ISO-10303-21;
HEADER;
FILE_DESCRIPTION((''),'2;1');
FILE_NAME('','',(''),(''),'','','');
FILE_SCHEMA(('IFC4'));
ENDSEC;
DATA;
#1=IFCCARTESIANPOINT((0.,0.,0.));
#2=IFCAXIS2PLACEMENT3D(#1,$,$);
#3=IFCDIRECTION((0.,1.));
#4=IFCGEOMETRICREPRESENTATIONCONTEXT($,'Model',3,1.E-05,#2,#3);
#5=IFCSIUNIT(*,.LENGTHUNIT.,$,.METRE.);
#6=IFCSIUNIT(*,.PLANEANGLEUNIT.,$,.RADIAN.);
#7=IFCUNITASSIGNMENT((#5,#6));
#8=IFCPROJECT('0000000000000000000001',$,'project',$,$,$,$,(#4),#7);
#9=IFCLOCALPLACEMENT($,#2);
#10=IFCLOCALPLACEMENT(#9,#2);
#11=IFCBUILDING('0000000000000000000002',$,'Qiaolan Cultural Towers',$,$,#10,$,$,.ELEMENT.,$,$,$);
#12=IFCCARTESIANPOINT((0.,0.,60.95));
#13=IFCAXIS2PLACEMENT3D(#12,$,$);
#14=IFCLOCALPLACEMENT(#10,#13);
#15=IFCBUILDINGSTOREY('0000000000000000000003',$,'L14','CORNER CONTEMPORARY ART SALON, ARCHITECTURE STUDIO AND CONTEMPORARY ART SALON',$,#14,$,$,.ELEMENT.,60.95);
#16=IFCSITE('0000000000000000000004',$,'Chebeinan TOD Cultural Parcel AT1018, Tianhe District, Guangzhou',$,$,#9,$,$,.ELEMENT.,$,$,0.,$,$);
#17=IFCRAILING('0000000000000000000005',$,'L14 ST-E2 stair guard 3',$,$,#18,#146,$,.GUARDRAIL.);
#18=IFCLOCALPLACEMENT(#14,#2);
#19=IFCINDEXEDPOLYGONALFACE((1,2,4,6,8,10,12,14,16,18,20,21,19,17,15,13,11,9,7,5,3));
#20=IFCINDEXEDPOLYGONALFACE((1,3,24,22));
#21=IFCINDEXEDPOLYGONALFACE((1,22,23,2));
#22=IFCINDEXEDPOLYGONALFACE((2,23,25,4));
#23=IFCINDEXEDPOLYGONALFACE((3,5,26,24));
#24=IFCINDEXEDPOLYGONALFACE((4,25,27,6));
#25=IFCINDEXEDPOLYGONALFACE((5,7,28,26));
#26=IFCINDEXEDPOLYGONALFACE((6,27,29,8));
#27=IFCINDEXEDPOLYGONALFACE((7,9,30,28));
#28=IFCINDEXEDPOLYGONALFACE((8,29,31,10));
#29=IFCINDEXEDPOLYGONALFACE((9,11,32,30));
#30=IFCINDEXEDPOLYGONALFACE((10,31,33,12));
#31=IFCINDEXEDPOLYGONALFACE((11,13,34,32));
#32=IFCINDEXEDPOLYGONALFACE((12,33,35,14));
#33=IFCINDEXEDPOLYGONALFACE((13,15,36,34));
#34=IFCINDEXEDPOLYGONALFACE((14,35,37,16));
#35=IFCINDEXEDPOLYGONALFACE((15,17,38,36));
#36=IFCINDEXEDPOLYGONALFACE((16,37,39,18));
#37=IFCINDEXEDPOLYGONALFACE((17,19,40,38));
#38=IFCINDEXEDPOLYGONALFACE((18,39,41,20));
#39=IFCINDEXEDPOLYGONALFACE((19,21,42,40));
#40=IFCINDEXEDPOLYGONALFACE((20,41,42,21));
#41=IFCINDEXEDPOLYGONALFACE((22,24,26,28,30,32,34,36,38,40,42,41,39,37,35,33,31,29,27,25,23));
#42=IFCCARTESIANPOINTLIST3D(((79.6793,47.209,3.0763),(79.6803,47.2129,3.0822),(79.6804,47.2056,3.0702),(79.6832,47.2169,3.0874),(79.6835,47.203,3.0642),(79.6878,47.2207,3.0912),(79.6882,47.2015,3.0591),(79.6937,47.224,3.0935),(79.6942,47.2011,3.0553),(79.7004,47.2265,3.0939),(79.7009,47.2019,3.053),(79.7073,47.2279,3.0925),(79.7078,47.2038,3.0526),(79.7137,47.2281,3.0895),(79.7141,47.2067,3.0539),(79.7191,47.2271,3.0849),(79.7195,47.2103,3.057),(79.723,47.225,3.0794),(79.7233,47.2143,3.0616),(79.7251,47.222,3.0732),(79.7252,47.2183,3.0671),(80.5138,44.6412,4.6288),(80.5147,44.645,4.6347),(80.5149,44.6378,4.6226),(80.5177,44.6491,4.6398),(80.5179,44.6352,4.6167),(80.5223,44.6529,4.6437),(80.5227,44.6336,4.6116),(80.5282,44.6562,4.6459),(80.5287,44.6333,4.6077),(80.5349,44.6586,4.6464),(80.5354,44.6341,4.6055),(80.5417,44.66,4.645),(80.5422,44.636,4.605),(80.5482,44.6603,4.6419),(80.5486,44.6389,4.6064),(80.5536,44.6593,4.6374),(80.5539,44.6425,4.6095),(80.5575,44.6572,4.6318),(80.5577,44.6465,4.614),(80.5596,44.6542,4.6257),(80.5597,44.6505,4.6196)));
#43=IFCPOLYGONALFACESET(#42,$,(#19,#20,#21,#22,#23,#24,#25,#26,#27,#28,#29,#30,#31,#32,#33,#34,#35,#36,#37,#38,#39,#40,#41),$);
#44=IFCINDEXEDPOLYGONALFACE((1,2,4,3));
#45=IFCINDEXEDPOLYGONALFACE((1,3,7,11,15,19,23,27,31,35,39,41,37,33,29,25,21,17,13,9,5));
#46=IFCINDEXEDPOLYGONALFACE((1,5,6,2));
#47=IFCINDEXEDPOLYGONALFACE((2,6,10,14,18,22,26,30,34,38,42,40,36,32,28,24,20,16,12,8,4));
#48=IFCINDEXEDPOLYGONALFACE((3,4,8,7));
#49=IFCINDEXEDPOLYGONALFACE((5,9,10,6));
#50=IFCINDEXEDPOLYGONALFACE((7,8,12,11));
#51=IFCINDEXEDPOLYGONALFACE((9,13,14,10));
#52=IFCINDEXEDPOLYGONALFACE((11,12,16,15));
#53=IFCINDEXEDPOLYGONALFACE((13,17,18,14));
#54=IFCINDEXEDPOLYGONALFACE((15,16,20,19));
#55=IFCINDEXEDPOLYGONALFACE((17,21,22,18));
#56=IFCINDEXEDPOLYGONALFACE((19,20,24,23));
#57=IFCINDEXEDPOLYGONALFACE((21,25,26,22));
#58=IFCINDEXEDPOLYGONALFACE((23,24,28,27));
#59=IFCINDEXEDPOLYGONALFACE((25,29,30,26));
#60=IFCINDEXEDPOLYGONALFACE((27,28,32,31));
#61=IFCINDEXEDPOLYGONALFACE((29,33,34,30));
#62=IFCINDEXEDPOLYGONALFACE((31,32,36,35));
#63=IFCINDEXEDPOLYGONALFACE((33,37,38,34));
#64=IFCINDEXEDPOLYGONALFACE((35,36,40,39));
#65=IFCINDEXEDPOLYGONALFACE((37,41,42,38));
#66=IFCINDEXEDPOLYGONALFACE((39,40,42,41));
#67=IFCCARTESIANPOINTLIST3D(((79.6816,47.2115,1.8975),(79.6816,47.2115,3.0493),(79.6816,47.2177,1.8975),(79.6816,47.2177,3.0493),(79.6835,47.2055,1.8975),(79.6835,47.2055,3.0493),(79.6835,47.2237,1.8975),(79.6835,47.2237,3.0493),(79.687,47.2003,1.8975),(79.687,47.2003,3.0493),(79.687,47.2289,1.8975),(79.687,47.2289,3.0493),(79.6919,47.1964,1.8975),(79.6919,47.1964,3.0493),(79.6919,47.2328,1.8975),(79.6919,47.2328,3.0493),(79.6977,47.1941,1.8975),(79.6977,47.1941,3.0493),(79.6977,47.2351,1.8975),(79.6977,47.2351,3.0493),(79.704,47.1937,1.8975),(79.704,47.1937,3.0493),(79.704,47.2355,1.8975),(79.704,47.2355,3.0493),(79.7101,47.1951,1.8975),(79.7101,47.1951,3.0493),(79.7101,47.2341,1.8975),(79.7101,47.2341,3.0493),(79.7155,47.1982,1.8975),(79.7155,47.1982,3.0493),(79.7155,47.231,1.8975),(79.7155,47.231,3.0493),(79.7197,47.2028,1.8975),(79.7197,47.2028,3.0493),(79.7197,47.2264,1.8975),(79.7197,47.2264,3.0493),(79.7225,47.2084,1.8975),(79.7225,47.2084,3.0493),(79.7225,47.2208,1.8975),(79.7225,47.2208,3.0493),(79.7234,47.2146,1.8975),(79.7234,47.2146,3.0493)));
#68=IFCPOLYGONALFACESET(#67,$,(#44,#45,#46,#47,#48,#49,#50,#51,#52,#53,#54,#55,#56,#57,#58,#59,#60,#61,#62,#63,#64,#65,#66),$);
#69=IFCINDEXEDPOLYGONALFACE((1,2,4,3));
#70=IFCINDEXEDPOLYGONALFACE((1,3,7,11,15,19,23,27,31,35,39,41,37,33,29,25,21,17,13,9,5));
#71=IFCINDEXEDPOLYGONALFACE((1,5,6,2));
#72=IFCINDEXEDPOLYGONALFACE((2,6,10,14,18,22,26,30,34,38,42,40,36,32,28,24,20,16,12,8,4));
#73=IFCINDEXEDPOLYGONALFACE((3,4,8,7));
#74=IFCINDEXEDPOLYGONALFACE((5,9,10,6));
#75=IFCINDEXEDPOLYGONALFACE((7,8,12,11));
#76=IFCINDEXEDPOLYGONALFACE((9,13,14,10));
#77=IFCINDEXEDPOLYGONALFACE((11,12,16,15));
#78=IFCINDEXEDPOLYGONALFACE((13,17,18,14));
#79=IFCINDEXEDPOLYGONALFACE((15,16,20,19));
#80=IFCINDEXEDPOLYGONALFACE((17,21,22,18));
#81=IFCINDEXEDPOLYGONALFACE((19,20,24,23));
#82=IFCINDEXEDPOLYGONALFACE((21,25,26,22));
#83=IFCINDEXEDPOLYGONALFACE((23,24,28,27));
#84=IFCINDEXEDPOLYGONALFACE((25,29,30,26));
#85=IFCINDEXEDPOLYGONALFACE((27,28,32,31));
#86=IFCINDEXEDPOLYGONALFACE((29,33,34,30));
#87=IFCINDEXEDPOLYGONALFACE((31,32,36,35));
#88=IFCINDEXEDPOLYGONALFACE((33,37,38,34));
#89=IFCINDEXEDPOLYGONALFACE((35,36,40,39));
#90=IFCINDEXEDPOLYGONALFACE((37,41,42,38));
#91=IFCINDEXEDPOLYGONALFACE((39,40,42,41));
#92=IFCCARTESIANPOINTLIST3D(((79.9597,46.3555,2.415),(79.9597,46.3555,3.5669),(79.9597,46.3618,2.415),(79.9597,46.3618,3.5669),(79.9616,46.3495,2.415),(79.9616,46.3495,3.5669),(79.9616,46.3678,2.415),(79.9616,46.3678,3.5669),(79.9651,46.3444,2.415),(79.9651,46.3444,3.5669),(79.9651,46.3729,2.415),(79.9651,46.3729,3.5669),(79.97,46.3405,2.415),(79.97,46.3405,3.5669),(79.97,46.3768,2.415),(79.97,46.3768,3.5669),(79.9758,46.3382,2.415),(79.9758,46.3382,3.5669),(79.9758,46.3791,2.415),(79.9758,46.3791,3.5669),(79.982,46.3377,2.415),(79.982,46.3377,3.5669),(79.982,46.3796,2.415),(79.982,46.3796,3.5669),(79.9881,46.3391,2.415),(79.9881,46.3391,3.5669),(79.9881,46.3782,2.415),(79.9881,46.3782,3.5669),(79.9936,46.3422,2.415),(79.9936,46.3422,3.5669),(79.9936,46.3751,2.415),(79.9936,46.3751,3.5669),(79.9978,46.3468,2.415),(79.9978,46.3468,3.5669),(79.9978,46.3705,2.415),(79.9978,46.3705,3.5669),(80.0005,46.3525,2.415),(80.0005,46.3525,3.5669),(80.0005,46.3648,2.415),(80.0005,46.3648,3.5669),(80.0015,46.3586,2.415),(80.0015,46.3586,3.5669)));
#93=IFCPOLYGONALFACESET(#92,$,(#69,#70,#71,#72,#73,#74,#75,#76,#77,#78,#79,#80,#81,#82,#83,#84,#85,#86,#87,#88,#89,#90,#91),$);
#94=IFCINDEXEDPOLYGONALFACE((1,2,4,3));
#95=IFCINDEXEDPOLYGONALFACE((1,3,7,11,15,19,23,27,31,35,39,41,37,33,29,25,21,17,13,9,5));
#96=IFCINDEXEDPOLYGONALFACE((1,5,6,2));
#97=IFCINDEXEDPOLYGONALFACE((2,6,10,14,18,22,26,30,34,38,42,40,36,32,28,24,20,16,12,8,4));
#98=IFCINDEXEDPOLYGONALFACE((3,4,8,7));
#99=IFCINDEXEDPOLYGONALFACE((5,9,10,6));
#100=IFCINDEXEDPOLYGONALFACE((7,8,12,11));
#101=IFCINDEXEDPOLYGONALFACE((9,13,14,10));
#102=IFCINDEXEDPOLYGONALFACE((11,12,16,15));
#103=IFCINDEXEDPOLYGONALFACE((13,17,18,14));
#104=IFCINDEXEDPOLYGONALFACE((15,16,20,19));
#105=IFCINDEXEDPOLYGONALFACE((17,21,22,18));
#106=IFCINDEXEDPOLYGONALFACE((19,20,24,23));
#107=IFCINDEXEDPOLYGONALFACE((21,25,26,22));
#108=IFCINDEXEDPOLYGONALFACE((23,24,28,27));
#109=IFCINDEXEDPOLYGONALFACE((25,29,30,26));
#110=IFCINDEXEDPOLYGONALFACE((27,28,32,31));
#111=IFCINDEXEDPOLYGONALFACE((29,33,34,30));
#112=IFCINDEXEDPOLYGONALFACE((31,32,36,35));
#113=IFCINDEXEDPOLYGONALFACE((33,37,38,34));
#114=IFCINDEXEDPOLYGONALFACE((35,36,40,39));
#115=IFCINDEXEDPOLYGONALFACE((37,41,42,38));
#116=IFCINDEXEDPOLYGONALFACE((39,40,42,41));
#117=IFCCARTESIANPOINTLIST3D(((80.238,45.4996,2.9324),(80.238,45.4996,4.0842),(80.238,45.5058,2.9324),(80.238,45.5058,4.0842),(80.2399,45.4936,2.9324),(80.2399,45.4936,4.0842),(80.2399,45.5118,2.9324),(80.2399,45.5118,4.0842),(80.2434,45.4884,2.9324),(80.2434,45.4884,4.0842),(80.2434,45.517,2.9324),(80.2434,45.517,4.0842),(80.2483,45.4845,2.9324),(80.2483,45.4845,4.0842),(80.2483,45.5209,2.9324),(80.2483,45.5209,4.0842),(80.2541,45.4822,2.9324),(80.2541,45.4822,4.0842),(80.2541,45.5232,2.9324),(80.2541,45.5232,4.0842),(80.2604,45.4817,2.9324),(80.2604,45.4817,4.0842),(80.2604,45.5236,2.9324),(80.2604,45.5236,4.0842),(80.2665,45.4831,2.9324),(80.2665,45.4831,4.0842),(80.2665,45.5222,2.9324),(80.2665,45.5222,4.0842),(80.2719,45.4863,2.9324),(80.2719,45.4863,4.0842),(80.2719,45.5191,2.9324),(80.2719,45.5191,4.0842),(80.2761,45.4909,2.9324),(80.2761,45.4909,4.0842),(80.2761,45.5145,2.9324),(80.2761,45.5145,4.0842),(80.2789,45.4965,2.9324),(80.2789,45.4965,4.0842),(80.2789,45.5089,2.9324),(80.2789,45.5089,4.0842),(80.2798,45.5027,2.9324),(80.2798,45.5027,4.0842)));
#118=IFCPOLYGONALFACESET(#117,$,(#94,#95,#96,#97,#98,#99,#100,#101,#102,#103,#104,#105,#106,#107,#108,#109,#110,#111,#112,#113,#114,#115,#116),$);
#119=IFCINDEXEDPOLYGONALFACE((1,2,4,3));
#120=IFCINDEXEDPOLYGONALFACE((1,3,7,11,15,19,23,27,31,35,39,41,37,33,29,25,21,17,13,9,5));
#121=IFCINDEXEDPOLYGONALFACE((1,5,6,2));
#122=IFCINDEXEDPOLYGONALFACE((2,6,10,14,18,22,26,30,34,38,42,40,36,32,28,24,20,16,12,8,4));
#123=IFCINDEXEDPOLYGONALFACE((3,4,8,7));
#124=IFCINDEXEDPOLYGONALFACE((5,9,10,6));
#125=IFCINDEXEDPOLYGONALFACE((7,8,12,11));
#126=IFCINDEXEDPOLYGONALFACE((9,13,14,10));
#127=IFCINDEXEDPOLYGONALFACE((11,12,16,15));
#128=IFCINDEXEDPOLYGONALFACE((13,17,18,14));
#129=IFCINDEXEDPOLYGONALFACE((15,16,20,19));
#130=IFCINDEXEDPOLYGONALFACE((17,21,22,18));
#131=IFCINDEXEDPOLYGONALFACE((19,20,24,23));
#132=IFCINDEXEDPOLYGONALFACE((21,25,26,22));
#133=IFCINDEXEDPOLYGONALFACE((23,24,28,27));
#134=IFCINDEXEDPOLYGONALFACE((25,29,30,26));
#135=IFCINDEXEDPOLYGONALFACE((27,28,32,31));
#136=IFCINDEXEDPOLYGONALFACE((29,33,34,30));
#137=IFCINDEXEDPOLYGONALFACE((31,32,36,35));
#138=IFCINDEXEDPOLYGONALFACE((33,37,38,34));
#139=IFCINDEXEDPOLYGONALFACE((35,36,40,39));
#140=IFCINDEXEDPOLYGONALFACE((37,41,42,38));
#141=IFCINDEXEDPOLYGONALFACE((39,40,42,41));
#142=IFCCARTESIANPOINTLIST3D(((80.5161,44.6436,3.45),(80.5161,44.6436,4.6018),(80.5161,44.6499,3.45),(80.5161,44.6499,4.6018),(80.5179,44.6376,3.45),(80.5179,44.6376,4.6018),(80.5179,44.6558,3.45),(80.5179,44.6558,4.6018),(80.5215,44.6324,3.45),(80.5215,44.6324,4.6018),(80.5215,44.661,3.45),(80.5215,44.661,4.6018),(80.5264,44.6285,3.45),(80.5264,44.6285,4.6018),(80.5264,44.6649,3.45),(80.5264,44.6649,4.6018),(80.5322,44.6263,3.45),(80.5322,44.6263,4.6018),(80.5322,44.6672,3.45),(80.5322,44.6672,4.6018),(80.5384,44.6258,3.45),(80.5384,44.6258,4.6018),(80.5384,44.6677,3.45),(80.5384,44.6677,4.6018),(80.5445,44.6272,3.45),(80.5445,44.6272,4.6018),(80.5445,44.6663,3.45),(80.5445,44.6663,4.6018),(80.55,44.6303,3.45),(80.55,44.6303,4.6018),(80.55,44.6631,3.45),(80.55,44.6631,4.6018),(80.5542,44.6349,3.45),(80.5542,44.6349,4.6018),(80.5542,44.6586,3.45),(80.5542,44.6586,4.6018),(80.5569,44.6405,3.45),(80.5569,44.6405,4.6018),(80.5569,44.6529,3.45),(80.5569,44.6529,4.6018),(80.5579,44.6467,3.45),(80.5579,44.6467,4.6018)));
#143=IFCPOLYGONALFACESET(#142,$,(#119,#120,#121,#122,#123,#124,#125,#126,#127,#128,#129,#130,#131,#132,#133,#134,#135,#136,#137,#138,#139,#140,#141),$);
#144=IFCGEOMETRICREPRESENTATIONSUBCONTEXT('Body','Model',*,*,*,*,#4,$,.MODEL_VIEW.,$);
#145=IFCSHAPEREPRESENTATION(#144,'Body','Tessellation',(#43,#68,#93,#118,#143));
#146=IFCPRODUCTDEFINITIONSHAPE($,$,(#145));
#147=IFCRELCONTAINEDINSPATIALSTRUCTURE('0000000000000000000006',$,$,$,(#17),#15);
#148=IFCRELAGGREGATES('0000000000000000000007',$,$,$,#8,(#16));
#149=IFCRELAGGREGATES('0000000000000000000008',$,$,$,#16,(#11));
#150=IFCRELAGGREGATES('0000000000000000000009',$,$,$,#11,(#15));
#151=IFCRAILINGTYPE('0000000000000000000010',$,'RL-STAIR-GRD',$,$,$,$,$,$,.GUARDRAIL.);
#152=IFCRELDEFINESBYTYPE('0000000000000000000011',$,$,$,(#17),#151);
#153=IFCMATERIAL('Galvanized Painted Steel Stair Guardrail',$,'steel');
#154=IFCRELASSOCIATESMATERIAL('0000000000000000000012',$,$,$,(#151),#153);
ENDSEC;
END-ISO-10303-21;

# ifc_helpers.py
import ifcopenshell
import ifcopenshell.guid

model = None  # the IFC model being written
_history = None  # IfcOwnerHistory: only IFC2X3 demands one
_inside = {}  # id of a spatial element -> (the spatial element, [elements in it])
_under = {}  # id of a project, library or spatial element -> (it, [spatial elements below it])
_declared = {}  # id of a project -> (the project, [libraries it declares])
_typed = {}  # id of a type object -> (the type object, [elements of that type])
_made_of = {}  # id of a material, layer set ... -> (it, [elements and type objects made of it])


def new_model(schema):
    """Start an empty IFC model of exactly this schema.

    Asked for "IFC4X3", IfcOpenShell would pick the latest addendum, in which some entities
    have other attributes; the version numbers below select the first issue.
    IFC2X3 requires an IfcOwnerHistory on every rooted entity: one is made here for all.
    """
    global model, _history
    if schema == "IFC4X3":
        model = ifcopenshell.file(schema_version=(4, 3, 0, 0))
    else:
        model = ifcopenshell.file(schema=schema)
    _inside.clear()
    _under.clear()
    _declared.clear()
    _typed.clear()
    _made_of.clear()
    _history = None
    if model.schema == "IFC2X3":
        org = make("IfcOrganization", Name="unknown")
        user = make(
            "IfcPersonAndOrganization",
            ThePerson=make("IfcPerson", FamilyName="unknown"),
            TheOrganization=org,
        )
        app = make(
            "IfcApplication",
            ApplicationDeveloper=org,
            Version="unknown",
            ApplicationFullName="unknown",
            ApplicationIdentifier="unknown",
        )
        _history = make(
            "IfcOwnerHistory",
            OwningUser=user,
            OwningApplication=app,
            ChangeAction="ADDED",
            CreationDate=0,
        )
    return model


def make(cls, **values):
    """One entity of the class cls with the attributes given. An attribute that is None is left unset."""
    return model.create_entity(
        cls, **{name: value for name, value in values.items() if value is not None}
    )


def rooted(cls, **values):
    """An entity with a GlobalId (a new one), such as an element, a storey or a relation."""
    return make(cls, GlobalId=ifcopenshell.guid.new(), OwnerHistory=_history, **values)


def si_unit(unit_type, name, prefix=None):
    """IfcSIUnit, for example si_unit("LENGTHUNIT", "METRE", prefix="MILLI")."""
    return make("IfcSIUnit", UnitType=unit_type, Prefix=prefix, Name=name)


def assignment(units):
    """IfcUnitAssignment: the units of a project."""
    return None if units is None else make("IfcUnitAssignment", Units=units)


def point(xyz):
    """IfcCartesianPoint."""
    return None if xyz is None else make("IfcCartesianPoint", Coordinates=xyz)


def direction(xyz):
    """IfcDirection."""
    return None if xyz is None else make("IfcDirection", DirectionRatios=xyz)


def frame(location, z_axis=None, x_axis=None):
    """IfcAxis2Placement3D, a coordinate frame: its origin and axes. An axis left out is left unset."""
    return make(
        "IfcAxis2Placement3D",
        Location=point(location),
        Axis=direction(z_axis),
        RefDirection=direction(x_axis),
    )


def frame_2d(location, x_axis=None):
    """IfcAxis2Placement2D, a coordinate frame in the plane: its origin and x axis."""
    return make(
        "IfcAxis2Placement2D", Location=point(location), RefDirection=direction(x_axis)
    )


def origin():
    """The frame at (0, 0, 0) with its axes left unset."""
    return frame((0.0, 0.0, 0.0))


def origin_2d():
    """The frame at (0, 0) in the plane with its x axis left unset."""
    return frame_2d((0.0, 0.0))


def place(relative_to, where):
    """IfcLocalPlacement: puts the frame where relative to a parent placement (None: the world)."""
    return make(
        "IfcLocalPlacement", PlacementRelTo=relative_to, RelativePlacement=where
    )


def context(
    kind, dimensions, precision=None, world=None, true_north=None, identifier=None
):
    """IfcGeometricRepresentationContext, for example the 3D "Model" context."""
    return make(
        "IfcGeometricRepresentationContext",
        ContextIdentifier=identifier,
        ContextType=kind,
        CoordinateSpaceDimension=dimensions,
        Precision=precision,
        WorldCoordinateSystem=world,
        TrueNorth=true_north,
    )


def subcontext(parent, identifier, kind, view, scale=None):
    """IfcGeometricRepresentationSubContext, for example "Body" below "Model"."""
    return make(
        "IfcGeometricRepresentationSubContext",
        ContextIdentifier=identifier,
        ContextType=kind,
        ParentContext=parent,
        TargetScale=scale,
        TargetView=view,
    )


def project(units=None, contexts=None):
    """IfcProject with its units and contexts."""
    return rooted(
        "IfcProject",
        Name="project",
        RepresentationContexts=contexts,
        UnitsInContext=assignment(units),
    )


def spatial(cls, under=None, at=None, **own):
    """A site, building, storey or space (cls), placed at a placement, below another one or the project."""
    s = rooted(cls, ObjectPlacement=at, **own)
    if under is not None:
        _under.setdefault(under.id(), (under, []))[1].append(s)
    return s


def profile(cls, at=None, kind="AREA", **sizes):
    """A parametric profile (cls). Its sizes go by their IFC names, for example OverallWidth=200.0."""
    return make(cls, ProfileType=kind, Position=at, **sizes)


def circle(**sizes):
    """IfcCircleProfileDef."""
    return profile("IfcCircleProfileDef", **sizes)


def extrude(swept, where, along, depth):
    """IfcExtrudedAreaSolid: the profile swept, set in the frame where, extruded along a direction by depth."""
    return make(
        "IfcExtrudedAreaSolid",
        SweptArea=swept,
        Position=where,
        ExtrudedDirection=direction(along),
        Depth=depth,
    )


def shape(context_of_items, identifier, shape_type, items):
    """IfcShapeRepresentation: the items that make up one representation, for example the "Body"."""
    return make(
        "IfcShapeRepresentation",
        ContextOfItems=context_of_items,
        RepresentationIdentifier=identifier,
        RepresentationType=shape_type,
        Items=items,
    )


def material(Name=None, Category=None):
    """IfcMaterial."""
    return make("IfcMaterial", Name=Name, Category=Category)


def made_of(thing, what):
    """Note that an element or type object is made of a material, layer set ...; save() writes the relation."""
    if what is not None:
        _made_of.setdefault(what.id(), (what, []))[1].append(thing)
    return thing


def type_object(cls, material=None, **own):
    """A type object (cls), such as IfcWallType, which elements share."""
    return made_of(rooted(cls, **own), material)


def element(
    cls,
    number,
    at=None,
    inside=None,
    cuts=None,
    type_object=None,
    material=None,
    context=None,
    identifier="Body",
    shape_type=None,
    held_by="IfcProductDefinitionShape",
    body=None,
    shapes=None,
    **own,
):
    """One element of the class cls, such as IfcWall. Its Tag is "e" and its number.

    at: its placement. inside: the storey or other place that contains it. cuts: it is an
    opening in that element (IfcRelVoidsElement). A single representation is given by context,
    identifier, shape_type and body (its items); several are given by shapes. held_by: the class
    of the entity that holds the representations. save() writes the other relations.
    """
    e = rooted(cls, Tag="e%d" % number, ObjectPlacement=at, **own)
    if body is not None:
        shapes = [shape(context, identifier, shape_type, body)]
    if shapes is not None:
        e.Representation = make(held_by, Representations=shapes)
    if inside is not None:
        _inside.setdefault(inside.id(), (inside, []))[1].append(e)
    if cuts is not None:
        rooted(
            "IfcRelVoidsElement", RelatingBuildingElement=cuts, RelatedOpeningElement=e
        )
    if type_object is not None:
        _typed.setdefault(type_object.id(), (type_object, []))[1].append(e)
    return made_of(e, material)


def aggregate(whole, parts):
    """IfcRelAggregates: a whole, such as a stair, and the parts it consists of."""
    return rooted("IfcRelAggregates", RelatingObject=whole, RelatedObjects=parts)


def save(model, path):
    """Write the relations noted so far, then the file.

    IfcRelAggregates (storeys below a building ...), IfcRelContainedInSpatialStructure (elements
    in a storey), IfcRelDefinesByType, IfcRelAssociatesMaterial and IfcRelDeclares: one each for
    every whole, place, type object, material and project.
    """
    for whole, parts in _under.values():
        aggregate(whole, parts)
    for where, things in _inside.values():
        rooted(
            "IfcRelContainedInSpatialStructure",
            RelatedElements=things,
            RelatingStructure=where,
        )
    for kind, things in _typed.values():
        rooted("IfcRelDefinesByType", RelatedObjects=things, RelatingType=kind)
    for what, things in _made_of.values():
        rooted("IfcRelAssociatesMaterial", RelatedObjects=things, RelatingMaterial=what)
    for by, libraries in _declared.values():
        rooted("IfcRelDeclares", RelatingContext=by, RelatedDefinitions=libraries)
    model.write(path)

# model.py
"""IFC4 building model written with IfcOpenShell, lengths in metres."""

from ifc_helpers import new_model, si_unit, direction, frame, origin, origin_2d, place, context, subcontext, project, spatial, circle, extrude, material, type_object, element, save


model = new_model("IFC4")

# Units and contexts
model_context = context("Model", 3, precision=1e-05, world=origin(), true_north=direction((0.0, 1.0)))
body_context = subcontext(model_context, "Body", "Model", "MODEL_VIEW")
ifc_project = project(units=[si_unit("LENGTHUNIT", "METRE"), si_unit("PLANEANGLEUNIT", "RADIAN")], contexts=[model_context])

# Site, building, storey
site_placement = place(None, origin())
site = spatial("IfcSite", under=ifc_project, at=site_placement, Name="Chebeinan TOD Cultural Parcel AT1018, Tianhe District, Guangzhou", CompositionType="ELEMENT", RefElevation=0.0)
building_placement = place(site_placement, origin())
building = spatial("IfcBuilding", under=site, at=building_placement, Name="Qiaolan Cultural Towers", CompositionType="ELEMENT")
storey_placement = place(building_placement, frame((0.0, 0.0, 60.95)))
storey = spatial("IfcBuildingStorey", under=building, at=storey_placement, Name="L14", Description="CORNER CONTEMPORARY ART SALON, ARCHITECTURE STUDIO AND CONTEMPORARY ART SALON", CompositionType="ELEMENT", Elevation=60.95)

# Railing
ifc_material_1 = material(Name="Galvanized Painted Steel Stair Guardrail", Category="steel")
railing_type_1 = type_object("IfcRailingType", Name="RL-STAIR-GRD", PredefinedType="GUARDRAIL", material=ifc_material_1)
railing_1_placement = place(storey_placement, frame((79.7024, 47.2146, 1.8975)))
element("IfcRailing", 1, at=railing_1_placement, inside=storey, type_object=railing_type_1, Name="L14 ST-E2 stair guard 3", PredefinedType="GUARDRAIL", context=body_context, shape_type="SweptSolid", body=[
    extrude(circle(Radius=0.0239, at=origin_2d()), frame((0.0, 0.0, 1.1758), z_axis=(0.267926, -0.824471, 0.498461), x_axis=(0.951043, 0.309057, 0.0)), (0.0, 0.0, 1.0), 3.1145),
    extrude(circle(Radius=0.021, at=origin_2d()), origin(), (0.0, 0.0, 1.0), 1.1519),
    extrude(circle(Radius=0.021, at=origin_2d()), frame((0.2781, -0.856, 0.5176)), (0.0, 0.0, 1.0), 1.1519),
    extrude(circle(Radius=0.021, at=origin_2d()), frame((0.5564, -1.7119, 1.0349)), (0.0, 0.0, 1.0), 1.1519),
    extrude(circle(Radius=0.021, at=origin_2d()), frame((0.8345, -2.5679, 1.5525)), (0.0, 0.0, 1.0), 1.1519),
])

save(model, "model.ifc")
